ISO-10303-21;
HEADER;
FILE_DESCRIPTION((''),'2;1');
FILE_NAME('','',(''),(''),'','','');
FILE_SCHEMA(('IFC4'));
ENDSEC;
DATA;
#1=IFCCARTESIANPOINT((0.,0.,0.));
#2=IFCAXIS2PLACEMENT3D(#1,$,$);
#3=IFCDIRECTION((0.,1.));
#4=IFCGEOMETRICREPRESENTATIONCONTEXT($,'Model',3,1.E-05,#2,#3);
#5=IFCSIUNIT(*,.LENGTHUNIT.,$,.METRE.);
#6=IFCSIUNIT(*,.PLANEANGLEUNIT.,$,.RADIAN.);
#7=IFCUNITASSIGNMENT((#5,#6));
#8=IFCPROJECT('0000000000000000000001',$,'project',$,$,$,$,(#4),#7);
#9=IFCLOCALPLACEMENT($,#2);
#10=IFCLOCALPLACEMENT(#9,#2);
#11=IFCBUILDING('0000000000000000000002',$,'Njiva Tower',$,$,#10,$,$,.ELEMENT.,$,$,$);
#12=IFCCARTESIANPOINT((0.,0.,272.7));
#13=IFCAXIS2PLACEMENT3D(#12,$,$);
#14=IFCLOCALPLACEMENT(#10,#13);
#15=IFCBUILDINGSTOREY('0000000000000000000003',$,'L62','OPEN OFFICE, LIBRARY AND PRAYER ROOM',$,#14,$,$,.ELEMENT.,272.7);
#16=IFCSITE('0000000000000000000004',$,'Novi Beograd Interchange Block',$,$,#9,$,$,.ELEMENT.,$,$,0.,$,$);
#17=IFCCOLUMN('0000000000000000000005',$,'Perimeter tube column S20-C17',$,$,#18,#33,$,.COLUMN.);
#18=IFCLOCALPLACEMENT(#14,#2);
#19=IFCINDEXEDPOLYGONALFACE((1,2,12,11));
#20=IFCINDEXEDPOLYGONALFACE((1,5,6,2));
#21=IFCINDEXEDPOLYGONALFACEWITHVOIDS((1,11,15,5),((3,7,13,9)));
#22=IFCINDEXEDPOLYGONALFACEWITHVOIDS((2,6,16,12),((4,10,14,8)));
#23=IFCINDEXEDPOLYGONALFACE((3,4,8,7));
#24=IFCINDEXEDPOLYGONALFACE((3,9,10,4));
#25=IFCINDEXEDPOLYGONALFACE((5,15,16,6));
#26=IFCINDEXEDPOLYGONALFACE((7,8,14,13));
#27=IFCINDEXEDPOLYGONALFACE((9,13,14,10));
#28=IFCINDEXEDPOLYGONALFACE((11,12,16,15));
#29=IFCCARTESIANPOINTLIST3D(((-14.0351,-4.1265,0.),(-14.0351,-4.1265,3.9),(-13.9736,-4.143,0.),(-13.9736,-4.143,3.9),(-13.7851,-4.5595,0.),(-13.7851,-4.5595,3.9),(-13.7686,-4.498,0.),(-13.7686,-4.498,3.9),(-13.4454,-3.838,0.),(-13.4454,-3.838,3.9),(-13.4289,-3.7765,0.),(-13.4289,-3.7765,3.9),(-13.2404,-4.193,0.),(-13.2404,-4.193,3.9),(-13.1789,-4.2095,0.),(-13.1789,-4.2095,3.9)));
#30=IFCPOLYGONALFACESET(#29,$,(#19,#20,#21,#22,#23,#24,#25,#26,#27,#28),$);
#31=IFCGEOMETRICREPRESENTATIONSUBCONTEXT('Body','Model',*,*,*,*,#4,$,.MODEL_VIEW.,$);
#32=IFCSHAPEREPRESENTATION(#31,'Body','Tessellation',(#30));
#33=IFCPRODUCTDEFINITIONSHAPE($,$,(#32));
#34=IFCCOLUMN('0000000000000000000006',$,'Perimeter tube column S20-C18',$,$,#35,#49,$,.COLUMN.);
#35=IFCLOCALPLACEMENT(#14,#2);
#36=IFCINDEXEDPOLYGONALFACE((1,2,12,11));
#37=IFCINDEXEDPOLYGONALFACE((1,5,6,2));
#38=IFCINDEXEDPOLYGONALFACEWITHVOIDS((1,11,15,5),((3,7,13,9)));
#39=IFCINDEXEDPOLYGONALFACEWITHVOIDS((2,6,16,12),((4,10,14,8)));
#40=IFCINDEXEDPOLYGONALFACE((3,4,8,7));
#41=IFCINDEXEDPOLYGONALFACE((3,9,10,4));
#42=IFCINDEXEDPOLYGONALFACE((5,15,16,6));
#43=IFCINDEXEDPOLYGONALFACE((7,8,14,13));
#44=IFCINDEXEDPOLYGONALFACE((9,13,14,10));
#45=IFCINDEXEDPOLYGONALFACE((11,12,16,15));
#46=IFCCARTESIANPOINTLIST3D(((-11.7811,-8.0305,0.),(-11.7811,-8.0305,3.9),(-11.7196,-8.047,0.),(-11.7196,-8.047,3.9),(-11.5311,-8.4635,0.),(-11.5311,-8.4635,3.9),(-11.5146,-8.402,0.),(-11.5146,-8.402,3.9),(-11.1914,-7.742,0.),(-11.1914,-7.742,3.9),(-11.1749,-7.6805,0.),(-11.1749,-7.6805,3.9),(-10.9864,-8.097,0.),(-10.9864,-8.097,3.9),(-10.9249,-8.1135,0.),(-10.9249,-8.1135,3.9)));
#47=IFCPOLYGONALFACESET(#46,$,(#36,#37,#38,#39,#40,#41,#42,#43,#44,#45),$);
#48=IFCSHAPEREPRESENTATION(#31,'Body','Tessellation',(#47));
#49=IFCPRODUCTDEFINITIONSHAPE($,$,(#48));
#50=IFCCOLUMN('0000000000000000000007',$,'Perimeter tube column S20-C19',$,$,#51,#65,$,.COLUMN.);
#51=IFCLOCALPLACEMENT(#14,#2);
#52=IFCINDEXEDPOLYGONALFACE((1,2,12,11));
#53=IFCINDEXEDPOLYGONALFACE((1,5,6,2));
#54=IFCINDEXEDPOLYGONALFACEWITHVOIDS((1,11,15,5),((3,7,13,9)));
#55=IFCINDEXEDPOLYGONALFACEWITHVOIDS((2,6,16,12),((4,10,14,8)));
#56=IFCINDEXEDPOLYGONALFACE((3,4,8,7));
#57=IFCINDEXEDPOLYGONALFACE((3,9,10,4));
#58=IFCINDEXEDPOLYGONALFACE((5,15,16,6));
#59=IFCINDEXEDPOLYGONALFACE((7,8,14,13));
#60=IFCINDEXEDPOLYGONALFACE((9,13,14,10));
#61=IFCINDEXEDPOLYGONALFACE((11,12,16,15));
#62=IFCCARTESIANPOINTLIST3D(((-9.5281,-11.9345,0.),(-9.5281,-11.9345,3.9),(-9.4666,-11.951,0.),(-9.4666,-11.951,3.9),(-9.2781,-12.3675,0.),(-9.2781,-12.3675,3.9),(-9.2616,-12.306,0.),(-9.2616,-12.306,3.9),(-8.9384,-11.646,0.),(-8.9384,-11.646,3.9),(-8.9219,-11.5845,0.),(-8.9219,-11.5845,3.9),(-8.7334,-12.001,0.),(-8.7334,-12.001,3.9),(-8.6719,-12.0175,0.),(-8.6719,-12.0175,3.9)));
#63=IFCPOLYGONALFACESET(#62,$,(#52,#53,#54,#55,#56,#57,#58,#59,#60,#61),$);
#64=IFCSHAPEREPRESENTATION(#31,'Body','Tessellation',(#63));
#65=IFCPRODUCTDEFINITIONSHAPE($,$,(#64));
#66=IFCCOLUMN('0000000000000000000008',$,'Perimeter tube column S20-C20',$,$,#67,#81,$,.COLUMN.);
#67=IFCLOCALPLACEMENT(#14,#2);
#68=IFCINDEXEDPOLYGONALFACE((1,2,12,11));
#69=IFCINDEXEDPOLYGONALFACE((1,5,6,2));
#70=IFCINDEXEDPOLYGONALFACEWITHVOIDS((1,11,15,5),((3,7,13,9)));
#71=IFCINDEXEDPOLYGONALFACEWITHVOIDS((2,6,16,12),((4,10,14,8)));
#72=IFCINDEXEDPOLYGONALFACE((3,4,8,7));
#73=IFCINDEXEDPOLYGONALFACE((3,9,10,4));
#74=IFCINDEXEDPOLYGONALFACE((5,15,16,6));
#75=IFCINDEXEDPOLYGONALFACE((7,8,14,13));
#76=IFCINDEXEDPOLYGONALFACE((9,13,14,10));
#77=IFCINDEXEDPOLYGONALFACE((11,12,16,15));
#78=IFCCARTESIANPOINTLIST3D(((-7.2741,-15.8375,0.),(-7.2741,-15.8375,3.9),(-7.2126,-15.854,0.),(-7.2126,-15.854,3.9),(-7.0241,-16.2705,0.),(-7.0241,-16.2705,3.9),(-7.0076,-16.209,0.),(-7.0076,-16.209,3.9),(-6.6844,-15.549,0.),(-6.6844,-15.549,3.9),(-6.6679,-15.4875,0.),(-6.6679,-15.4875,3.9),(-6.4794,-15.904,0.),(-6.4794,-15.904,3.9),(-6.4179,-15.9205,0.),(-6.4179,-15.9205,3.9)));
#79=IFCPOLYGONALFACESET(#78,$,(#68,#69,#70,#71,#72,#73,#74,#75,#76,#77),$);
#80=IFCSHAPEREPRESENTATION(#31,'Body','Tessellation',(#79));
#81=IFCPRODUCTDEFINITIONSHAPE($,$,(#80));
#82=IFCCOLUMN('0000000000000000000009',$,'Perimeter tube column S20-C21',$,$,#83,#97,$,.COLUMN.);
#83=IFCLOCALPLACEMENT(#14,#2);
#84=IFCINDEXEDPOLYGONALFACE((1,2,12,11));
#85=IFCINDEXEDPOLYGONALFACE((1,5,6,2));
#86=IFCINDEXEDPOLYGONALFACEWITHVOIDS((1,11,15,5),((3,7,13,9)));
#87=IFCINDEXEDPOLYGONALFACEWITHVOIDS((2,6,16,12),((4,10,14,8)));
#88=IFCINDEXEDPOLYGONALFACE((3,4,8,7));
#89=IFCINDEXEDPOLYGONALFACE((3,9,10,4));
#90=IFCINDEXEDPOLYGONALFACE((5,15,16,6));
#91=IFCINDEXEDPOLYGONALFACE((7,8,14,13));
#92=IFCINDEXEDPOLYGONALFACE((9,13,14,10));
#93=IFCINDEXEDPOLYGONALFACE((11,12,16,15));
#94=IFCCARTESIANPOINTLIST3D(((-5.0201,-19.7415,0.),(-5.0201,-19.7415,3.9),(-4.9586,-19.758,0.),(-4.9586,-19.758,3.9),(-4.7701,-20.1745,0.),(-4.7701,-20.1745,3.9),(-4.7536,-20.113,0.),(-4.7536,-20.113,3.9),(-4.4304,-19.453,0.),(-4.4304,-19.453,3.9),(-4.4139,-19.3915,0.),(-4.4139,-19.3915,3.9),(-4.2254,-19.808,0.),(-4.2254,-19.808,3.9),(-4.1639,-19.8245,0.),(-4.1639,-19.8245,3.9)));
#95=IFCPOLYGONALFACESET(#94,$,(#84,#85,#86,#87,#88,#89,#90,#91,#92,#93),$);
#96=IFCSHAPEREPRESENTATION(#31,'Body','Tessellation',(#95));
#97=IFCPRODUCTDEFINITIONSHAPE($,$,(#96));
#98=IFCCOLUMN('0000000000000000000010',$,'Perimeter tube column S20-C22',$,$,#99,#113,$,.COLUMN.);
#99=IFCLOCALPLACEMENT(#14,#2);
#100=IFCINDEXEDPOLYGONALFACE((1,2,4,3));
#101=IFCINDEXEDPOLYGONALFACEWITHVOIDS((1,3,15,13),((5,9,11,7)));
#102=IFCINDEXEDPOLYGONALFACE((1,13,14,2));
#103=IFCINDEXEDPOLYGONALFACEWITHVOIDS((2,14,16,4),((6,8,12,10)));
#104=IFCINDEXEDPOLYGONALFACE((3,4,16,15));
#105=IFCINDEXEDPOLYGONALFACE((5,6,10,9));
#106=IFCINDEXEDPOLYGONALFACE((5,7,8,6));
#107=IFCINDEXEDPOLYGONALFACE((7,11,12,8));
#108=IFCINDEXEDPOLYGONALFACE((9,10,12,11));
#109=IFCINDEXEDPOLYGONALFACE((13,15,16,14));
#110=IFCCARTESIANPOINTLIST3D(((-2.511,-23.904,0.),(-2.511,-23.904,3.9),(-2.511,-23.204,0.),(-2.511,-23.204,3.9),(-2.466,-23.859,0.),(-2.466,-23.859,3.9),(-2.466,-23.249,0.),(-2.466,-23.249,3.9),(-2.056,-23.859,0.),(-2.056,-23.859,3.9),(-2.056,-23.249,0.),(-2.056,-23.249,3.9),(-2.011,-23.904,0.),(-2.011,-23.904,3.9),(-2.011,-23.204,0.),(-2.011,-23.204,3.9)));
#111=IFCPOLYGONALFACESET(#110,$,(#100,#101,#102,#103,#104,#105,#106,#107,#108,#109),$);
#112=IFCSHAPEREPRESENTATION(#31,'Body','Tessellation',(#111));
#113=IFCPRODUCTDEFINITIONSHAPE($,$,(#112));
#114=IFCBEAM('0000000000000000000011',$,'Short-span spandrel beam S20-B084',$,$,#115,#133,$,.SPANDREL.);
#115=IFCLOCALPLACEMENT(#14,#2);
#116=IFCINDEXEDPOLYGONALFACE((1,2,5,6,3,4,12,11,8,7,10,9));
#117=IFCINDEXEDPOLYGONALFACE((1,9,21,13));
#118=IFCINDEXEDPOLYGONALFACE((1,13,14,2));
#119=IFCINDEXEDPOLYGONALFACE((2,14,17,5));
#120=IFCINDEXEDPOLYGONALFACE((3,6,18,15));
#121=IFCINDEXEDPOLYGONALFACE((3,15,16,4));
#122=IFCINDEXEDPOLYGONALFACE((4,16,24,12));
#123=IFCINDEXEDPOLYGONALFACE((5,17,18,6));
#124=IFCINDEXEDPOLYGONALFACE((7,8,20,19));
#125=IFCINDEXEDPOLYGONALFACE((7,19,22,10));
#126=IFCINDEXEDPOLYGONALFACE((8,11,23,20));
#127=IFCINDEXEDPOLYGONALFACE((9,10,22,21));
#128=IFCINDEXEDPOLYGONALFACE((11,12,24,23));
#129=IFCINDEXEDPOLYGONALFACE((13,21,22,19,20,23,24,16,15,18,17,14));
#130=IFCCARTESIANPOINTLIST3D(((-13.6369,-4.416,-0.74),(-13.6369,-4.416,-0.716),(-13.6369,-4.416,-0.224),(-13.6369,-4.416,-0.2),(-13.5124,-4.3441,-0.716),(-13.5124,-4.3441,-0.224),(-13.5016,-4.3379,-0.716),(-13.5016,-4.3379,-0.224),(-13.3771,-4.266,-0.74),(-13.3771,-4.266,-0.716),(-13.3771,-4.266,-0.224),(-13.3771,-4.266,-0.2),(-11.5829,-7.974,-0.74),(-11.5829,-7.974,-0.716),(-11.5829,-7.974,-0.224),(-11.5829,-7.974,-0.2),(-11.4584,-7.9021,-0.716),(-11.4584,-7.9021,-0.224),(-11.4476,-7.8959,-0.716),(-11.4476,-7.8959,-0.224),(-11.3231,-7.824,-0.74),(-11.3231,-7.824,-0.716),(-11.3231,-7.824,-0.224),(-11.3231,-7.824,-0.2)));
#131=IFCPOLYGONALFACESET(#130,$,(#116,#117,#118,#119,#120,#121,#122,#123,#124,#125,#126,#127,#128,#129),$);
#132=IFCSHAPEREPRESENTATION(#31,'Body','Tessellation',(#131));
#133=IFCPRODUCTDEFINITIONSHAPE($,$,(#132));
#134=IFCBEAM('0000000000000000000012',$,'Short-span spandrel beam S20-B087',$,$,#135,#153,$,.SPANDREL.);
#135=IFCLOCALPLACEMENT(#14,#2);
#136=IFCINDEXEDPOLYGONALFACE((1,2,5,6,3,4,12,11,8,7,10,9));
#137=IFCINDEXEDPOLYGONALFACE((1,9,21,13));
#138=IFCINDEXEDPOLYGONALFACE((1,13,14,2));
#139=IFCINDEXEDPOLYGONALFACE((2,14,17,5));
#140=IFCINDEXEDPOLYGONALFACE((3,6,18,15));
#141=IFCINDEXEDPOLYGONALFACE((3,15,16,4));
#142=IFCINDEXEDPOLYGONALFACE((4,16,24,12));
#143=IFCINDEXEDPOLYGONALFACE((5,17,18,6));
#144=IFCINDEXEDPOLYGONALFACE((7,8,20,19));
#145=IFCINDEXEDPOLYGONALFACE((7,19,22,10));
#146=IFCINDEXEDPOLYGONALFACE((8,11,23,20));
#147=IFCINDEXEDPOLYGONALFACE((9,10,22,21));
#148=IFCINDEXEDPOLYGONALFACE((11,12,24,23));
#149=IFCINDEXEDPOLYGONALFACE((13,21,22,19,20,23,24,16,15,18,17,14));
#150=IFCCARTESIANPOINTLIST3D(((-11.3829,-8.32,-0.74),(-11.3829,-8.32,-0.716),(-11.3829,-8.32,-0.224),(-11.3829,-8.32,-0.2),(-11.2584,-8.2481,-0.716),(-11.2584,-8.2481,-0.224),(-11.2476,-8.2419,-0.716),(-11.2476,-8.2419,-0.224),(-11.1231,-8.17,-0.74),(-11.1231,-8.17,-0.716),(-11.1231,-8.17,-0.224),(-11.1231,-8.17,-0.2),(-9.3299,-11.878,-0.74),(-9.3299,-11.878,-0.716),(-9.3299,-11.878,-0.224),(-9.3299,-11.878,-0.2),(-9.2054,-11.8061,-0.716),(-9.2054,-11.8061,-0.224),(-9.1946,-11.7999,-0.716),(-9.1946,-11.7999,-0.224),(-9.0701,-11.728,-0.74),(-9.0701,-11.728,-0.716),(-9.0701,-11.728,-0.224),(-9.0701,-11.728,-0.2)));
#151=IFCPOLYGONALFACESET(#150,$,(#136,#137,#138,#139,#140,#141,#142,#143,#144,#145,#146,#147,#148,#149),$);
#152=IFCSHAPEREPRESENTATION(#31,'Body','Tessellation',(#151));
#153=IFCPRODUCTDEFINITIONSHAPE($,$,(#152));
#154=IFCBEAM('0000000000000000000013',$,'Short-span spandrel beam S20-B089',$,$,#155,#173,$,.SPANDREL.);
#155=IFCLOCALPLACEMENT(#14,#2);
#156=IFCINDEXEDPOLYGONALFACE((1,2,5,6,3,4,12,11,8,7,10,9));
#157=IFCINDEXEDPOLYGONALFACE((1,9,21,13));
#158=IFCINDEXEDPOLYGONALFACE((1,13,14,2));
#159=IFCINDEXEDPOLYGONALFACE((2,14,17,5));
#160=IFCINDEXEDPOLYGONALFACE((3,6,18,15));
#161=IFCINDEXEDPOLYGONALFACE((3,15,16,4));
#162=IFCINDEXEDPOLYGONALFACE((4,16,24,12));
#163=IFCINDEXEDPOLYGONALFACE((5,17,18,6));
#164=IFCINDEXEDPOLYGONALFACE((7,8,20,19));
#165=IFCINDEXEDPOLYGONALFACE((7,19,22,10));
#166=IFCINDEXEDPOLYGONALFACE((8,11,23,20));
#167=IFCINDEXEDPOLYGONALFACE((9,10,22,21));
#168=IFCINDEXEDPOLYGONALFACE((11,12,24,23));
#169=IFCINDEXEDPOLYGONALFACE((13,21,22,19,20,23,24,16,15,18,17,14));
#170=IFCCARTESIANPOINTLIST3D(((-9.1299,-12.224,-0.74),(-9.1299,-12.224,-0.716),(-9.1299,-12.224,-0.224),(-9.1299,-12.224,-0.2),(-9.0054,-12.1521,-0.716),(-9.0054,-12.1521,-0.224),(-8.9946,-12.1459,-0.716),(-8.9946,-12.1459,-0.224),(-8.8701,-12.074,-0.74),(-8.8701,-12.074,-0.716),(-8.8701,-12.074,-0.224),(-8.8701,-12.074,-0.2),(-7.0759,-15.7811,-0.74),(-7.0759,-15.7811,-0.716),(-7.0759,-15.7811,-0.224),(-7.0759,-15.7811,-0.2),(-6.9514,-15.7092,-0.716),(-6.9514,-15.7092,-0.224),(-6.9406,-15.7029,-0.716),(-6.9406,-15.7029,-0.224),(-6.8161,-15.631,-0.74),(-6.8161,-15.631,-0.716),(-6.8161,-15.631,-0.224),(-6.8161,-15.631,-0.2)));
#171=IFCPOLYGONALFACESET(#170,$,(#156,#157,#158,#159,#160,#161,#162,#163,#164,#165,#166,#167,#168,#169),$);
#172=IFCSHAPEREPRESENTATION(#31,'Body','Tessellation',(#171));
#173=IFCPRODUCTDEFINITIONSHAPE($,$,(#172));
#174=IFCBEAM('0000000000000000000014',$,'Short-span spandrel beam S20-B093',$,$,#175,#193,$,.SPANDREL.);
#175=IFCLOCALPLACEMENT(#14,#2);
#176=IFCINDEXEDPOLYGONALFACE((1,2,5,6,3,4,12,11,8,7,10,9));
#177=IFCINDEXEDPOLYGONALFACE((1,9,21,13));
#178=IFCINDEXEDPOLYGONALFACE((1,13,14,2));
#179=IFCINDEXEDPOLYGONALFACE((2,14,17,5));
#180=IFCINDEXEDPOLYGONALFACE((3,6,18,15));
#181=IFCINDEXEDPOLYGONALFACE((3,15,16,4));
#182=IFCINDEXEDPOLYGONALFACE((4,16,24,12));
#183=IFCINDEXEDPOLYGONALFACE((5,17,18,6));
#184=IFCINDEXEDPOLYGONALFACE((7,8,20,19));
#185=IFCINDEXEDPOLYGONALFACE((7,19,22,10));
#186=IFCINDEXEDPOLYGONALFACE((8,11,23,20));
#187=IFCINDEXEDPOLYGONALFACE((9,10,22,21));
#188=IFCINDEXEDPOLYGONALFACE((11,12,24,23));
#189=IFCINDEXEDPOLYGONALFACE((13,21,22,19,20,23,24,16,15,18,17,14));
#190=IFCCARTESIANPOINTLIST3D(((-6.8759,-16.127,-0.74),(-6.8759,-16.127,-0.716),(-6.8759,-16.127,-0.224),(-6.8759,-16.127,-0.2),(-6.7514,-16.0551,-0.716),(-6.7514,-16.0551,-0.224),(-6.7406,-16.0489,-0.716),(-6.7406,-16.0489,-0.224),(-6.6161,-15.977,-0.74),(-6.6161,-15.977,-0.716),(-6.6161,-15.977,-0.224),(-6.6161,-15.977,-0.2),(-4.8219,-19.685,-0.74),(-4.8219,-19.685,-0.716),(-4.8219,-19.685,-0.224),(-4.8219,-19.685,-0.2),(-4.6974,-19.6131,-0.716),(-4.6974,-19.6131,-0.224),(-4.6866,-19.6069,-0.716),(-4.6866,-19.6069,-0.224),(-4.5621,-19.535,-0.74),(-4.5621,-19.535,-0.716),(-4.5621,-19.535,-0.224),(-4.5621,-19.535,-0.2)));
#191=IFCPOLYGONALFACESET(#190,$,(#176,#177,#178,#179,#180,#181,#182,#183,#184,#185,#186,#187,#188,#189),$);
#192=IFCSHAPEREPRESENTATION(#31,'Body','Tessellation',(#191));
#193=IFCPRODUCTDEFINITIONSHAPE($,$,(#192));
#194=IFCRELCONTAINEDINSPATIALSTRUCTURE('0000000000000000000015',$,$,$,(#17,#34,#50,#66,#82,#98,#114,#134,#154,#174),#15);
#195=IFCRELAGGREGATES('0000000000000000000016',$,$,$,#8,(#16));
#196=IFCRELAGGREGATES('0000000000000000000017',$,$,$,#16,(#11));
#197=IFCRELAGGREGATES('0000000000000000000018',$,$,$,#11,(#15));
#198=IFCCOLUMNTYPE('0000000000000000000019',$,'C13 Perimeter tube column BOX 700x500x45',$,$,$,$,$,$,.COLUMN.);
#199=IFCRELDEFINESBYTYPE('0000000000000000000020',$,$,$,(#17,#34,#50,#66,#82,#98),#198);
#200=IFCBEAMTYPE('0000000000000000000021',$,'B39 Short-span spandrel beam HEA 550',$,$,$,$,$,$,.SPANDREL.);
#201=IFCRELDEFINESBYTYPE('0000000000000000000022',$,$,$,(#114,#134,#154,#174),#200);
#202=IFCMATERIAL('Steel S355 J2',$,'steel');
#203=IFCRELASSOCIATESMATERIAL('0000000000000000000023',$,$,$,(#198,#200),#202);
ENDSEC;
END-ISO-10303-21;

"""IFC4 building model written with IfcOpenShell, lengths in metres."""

from ifc_helpers import new_model, si_unit, direction, frame, origin, origin_2d, place, context, subcontext, project, spatial, hollow_rectangle, i_section, extrude, material, material_profile, profile_set, type_object, element, save


model = new_model("IFC4")

# Units and contexts
model_context = context("Model", 3, precision=1e-05, world=origin(), true_north=direction((0.0, 1.0)))
body_context = subcontext(model_context, "Body", "Model", "MODEL_VIEW")
ifc_project = project(units=[si_unit("LENGTHUNIT", "METRE"), si_unit("PLANEANGLEUNIT", "RADIAN")], contexts=[model_context])

# Site, building, storey
site_placement = place(None, origin())
site = spatial("IfcSite", under=ifc_project, at=site_placement, Name="Novi Beograd Interchange Block", CompositionType="ELEMENT", RefElevation=0.0)
building_placement = place(site_placement, origin())
building = spatial("IfcBuilding", under=site, at=building_placement, Name="Njiva Tower", CompositionType="ELEMENT")
storey_placement = place(building_placement, frame((0.0, 0.0, 272.7)))
storey = spatial("IfcBuildingStorey", under=building, at=storey_placement, Name="L62", Description="OPEN OFFICE, LIBRARY AND PRAYER ROOM", CompositionType="ELEMENT", Elevation=272.7)

# Columns
ifc_material_1 = material(Name="Steel S355 J2", Category="steel")
ifc_material_profile_1 = material_profile(ifc_material_1, hollow_rectangle(XDim=0.5, YDim=0.7, WallThickness=0.045, at=origin_2d()), Name="BOX 700x500x45")
ifc_profile_set_1 = profile_set([ifc_material_profile_1], Name="Steel S355 J2")
column_type = type_object("IfcColumnType", Name="C13 Perimeter tube column BOX 700x500x45", PredefinedType="COLUMN", material=ifc_profile_set_1)
for number, where, z_axis, x_axis, name in (
    (1, (-13.607, -4.168, 0.0), (0.0, 0.0, 1.0), (0.5, -0.866025, 0.0), "Perimeter tube column S20-C17"),
    (2, (-11.353, -8.072, 0.0), (0.0, 0.0, 1.0), (0.5, -0.866025, 0.0), "Perimeter tube column S20-C18"),
    (3, (-9.1, -11.976, 0.0), (0.0, 0.0, 1.0), (0.5, -0.866025, 0.0), "Perimeter tube column S20-C19"),
    (4, (-6.846, -15.879, 0.0), (0.0, 0.0, 1.0), (0.5, -0.866025, 0.0), "Perimeter tube column S20-C20"),
    (5, (-4.592, -19.783, 0.0), (0.0, 0.0, 1.0), (0.5, -0.866025, 0.0), "Perimeter tube column S20-C21"),
    (6, (-2.261, -23.554, 0.0), (0.0, 0.0, 1.0), (1.0, 0.0, 0.0), "Perimeter tube column S20-C22"),
):
    element("IfcColumn", number, at=place(storey_placement, frame(where, z_axis=z_axis, x_axis=x_axis)), inside=storey, type_object=column_type, Name=name, PredefinedType="COLUMN", context=body_context, shape_type="SweptSolid", body=[
        extrude(hollow_rectangle(XDim=0.5, YDim=0.7, WallThickness=0.045, at=origin_2d()), origin(), (0.0, 0.0, 1.0), 3.9),
    ])

# Beams
ifc_material_profile_2 = material_profile(ifc_material_1, i_section(OverallWidth=0.3, OverallDepth=0.54, WebThickness=0.0125, FlangeThickness=0.024, at=origin_2d()), Name="HEA 550")
ifc_profile_set_2 = profile_set([ifc_material_profile_2], Name="Steel S355 J2")
beam_type_1 = type_object("IfcBeamType", Name="B39 Short-span spandrel beam HEA 550", PredefinedType="SPANDREL", material=ifc_profile_set_2)
beam_1_placement = place(storey_placement, frame((-13.507, -4.341, -0.47), z_axis=(0.499961, -0.866048, 0.0), x_axis=(0.866048, 0.499961, 0.0)))
element("IfcBeam", 7, at=beam_1_placement, inside=storey, type_object=beam_type_1, Name="Short-span spandrel beam S20-B084", PredefinedType="SPANDREL", context=body_context, shape_type="SweptSolid", body=[
    extrude(i_section(OverallWidth=0.3, OverallDepth=0.54, WebThickness=0.0125, FlangeThickness=0.024, at=origin_2d()), origin(), (0.0, 0.0, 1.0), 4.1083),
])
beam_2_placement = place(storey_placement, frame((-11.253, -8.245, -0.47), z_axis=(0.499779, -0.866153, 0.0), x_axis=(0.866153, 0.499779, 0.0)))
element("IfcBeam", 8, at=beam_2_placement, inside=storey, type_object=beam_type_1, Name="Short-span spandrel beam S20-B087", PredefinedType="SPANDREL", context=body_context, shape_type="SweptSolid", body=[
    extrude(i_section(OverallWidth=0.3, OverallDepth=0.54, WebThickness=0.0125, FlangeThickness=0.024, at=origin_2d()), origin(), (0.0, 0.0, 1.0), 4.1078),
])
beam_3_placement = place(storey_placement, frame((-9.0, -12.149, -0.47), z_axis=(0.500067, -0.865987, 0.0), x_axis=(0.865987, 0.500067, 0.0)))
element("IfcBeam", 9, at=beam_3_placement, inside=storey, type_object=beam_type_1, Name="Short-span spandrel beam S20-B089", PredefinedType="SPANDREL", context=body_context, shape_type="SweptSolid", body=[
    extrude(i_section(OverallWidth=0.3, OverallDepth=0.54, WebThickness=0.0125, FlangeThickness=0.024, at=origin_2d()), origin(), (0.0, 0.0, 1.0), 4.1075),
])
beam_4_placement = place(storey_placement, frame((-6.746, -16.052, -0.47), z_axis=(0.499961, -0.866048, 0.0), x_axis=(0.866048, 0.499961, 0.0)))
element("IfcBeam", 10, at=beam_4_placement, inside=storey, type_object=beam_type_1, Name="Short-span spandrel beam S20-B093", PredefinedType="SPANDREL", context=body_context, shape_type="SweptSolid", body=[
    extrude(i_section(OverallWidth=0.3, OverallDepth=0.54, WebThickness=0.0125, FlangeThickness=0.024, at=origin_2d()), origin(), (0.0, 0.0, 1.0), 4.1083),
])

save(model, "model.ifc")
